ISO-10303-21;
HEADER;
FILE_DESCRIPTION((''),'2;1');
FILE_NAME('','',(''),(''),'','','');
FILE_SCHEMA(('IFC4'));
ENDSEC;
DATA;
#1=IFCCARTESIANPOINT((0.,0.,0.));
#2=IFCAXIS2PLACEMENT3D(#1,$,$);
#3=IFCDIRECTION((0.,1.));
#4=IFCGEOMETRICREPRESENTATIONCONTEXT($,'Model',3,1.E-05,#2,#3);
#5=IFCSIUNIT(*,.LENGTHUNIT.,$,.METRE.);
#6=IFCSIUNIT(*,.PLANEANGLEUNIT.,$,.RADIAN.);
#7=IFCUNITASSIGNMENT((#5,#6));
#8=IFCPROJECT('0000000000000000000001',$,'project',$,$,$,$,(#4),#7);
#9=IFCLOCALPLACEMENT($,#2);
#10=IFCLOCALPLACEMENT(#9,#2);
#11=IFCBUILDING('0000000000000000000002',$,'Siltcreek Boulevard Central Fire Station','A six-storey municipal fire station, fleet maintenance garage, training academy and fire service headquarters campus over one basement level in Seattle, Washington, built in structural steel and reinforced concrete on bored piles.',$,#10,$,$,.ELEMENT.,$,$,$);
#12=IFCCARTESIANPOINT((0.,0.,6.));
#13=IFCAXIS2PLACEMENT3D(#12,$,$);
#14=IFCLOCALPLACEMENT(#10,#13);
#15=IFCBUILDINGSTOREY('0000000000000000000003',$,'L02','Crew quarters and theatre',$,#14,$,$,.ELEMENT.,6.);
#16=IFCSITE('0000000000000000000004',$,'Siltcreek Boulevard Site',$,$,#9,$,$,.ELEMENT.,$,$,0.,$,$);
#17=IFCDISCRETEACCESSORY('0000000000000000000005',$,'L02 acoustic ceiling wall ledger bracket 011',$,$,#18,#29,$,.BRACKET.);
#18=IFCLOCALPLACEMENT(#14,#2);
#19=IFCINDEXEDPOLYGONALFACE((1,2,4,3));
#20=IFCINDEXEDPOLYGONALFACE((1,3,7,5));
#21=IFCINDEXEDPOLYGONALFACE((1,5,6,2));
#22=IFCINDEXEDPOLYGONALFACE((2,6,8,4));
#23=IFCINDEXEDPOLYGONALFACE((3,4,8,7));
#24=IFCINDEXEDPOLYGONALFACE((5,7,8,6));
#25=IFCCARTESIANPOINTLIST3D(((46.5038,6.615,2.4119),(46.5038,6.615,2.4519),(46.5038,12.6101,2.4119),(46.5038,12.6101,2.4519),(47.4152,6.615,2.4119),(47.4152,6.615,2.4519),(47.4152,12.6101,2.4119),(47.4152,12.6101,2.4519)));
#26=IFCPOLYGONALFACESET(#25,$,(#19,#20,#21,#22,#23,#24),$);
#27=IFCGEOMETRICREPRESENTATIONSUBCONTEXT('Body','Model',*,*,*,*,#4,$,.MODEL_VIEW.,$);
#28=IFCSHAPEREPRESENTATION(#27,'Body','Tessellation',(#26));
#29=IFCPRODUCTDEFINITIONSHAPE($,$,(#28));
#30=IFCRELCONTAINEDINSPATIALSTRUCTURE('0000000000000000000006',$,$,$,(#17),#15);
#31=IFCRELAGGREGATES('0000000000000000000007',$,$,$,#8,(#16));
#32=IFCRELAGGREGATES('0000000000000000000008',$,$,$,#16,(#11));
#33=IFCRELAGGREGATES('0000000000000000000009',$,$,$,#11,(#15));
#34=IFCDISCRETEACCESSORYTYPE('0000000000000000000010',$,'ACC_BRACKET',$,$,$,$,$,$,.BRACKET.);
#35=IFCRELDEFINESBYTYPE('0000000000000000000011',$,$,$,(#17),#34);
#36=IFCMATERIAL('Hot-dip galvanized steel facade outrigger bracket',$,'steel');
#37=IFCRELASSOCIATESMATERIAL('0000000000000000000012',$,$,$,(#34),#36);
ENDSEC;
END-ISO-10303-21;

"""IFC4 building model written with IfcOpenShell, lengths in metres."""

from ifc_helpers import new_model, si_unit, direction, frame, origin, origin_2d, place, context, subcontext, project, spatial, rectangle, extrude, material, type_object, element, save


model = new_model("IFC4")

# Units and contexts
model_context = context("Model", 3, precision=1e-05, world=origin(), true_north=direction((0.0, 1.0)))
body_context = subcontext(model_context, "Body", "Model", "MODEL_VIEW")
ifc_project = project(units=[si_unit("LENGTHUNIT", "METRE"), si_unit("PLANEANGLEUNIT", "RADIAN")], contexts=[model_context])

# Site, building, storey
site_placement = place(None, origin())
site = spatial("IfcSite", under=ifc_project, at=site_placement, Name="Siltcreek Boulevard Site", CompositionType="ELEMENT", RefElevation=0.0)
building_placement = place(site_placement, origin())
building = spatial("IfcBuilding", under=site, at=building_placement, Name="Siltcreek Boulevard Central Fire Station", Description="A six-storey municipal fire station, fleet maintenance garage, training academy and fire service headquarters campus over one basement level in Seattle, Washington, built in structural steel and reinforced concrete on bored piles.", CompositionType="ELEMENT")
storey_placement = place(building_placement, frame((0.0, 0.0, 6.0)))
storey = spatial("IfcBuildingStorey", under=building, at=storey_placement, Name="L02", Description="Crew quarters and theatre", CompositionType="ELEMENT", Elevation=6.0)

# Discrete accessory
ifc_material_1 = material(Name="Hot-dip galvanized steel facade outrigger bracket", Category="steel")
discrete_accessory_type = type_object("IfcDiscreteAccessoryType", Name="ACC_BRACKET", PredefinedType="BRACKET", material=ifc_material_1)
discrete_accessory_placement = place(storey_placement, frame((46.9595, 9.6125, 2.4119), z_axis=(0.0, 0.0, 1.0), x_axis=(1.0, 0.0, 0.0)))
element("IfcDiscreteAccessory", 1, at=discrete_accessory_placement, inside=storey, type_object=discrete_accessory_type, Name="L02 acoustic ceiling wall ledger bracket 011", PredefinedType="BRACKET", context=body_context, shape_type="SweptSolid", body=[
    extrude(rectangle(XDim=0.9114, YDim=5.9951, at=origin_2d()), origin(), (0.0, 0.0, 1.0), 0.04),
])

save(model, "model.ifc")
